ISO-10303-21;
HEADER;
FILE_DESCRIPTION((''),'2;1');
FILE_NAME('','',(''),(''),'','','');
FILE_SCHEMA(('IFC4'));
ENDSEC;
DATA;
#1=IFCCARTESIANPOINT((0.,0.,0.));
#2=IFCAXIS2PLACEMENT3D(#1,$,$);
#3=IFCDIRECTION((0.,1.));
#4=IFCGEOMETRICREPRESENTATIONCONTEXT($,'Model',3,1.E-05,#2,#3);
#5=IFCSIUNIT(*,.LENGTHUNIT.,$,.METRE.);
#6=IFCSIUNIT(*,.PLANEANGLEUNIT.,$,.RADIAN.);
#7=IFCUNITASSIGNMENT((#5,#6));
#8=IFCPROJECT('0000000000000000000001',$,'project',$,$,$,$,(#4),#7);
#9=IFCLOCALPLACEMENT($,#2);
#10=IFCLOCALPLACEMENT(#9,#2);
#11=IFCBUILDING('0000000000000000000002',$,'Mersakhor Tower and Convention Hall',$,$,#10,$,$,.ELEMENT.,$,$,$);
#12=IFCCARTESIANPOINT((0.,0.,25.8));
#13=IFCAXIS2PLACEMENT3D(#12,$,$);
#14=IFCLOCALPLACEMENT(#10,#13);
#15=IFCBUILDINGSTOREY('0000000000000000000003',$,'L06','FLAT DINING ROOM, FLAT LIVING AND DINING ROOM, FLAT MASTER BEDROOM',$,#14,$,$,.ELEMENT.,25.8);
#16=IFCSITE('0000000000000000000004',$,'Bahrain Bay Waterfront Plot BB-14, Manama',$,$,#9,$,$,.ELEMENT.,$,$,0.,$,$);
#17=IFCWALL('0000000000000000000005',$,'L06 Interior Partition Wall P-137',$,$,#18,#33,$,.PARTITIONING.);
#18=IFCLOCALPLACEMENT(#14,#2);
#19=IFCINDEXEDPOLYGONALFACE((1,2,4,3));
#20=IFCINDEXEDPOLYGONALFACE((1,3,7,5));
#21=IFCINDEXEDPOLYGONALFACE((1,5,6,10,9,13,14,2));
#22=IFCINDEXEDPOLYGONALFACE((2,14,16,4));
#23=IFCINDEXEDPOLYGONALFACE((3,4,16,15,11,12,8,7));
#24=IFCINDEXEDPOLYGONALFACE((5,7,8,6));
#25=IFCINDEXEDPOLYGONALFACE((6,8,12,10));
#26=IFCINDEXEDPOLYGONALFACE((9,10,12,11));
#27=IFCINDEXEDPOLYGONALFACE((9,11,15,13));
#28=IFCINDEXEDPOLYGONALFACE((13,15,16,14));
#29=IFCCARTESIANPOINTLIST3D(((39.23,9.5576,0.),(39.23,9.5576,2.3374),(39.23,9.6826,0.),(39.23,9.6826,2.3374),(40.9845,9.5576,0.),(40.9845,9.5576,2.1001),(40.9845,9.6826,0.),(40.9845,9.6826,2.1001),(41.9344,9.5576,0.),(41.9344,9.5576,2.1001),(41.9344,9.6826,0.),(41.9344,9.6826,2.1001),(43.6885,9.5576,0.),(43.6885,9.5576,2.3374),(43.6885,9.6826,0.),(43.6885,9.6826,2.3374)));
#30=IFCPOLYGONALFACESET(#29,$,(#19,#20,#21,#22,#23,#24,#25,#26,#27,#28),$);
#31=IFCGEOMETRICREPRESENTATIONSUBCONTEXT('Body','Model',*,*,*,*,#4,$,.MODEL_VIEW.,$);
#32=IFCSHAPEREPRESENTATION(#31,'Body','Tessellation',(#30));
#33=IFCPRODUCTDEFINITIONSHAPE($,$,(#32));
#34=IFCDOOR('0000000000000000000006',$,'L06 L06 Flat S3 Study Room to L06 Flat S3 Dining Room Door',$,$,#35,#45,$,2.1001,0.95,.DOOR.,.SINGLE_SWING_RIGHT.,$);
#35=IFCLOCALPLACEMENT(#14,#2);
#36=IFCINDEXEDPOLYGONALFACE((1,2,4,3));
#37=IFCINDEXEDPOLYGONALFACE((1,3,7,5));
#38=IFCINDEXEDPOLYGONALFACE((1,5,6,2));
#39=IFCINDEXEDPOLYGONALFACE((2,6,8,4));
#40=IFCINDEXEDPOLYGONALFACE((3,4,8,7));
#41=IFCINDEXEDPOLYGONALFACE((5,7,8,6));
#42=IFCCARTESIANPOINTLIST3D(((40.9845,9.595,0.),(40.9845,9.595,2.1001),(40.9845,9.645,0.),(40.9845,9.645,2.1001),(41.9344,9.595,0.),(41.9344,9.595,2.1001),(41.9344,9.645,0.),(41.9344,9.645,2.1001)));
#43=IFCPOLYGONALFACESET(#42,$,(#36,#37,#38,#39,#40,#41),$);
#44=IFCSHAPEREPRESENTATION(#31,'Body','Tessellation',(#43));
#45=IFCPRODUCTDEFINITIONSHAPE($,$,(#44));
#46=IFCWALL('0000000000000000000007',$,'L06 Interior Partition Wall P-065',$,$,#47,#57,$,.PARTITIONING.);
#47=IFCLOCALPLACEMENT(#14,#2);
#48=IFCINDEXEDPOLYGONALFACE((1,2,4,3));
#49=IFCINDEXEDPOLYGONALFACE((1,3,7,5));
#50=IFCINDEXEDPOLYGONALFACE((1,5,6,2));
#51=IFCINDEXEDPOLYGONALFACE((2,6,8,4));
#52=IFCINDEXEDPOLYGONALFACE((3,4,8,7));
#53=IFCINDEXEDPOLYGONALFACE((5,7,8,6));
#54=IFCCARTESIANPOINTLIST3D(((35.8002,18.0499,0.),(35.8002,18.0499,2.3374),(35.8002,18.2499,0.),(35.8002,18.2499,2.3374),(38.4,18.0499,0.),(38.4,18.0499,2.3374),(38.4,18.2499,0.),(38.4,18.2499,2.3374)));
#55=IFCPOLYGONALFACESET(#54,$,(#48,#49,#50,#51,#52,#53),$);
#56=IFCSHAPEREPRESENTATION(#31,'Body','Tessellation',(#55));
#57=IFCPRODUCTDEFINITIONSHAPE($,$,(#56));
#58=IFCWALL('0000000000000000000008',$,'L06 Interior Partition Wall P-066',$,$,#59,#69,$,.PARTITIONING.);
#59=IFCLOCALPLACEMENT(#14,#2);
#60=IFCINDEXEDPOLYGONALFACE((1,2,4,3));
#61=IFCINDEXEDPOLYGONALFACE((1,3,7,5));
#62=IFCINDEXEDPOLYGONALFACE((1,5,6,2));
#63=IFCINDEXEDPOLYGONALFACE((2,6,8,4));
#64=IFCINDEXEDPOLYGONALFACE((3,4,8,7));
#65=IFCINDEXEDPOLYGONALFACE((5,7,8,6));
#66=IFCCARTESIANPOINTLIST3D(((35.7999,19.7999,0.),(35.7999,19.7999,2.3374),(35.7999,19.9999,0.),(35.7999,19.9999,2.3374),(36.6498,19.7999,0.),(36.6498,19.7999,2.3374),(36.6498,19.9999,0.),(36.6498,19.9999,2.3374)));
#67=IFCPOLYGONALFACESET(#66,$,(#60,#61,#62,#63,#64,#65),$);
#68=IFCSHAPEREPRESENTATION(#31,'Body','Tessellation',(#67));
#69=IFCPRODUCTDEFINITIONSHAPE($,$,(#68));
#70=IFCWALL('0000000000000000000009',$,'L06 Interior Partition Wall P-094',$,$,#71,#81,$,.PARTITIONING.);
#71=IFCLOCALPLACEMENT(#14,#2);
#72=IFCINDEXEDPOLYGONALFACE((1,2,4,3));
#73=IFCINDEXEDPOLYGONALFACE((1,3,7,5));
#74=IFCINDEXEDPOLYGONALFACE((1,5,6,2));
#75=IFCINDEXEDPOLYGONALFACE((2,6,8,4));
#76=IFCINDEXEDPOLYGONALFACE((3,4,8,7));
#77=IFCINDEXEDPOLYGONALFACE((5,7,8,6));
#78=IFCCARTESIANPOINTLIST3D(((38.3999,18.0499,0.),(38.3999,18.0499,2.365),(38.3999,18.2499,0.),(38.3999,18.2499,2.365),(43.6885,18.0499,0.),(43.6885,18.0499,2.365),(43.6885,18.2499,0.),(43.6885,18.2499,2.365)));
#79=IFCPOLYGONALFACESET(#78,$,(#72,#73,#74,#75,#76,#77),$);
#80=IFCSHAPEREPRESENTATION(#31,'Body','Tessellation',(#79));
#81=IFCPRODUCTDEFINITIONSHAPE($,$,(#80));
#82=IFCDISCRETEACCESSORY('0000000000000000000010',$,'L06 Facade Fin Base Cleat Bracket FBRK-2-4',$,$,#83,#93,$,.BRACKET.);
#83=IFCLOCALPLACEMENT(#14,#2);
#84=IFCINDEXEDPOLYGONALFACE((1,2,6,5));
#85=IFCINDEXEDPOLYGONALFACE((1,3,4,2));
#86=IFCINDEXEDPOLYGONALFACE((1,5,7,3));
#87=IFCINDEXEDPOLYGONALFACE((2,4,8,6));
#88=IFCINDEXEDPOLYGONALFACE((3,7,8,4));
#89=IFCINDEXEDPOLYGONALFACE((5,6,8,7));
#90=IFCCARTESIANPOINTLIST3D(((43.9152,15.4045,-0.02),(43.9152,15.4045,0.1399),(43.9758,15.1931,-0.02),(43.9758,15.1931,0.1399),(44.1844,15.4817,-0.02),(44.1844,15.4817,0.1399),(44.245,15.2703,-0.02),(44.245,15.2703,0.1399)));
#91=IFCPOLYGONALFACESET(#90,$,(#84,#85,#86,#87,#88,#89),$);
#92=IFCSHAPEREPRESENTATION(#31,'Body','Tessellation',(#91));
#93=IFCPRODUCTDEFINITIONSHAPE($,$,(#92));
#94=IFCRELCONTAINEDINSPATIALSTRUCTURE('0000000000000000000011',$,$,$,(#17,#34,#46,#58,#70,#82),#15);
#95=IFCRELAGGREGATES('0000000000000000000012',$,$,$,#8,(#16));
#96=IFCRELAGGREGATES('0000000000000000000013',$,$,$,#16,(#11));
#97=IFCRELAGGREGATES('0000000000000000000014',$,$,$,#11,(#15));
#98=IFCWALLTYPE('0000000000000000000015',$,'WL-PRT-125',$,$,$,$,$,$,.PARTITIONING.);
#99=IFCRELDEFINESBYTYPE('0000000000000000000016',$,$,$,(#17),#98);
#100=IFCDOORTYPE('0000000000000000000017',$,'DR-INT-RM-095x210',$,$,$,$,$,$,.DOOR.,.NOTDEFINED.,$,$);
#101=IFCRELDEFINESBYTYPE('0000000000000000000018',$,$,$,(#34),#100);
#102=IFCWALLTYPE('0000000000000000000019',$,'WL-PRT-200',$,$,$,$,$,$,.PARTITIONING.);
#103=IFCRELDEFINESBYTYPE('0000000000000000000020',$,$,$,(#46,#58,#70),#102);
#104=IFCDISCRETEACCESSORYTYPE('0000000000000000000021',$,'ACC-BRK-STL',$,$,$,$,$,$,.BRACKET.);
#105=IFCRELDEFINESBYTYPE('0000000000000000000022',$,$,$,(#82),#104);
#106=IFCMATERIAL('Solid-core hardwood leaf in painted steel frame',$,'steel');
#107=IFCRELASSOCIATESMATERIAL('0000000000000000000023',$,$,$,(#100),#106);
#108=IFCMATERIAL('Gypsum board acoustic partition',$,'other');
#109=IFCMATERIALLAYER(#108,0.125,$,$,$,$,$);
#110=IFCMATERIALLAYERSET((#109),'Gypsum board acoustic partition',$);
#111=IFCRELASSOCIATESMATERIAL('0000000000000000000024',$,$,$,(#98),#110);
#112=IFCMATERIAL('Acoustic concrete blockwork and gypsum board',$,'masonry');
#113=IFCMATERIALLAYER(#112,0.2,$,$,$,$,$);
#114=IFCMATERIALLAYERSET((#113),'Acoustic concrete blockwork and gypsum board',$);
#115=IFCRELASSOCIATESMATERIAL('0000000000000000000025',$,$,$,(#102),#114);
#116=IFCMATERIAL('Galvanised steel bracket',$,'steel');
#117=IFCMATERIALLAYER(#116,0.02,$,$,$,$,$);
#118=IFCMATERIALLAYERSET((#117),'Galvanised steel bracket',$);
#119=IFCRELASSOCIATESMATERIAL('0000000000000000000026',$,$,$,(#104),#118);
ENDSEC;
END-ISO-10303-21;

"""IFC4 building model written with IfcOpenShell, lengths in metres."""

from ifc_helpers import new_model, si_unit, direction, frame, frame_2d, origin, origin_2d, place, context, subcontext, project, spatial, rectangle, extrude, material, layer, layer_set, type_object, element, fill, save


model = new_model("IFC4")

# Units and contexts
model_context = context("Model", 3, precision=1e-05, world=origin(), true_north=direction((0.0, 1.0)))
body_context = subcontext(model_context, "Body", "Model", "MODEL_VIEW")
ifc_project = project(units=[si_unit("LENGTHUNIT", "METRE"), si_unit("PLANEANGLEUNIT", "RADIAN")], contexts=[model_context])

# Site, building, storey
site_placement = place(None, origin())
site = spatial("IfcSite", under=ifc_project, at=site_placement, Name="Bahrain Bay Waterfront Plot BB-14, Manama", CompositionType="ELEMENT", RefElevation=0.0)
building_placement = place(site_placement, origin())
building = spatial("IfcBuilding", under=site, at=building_placement, Name="Mersakhor Tower and Convention Hall", CompositionType="ELEMENT")
storey_placement = place(building_placement, frame((0.0, 0.0, 25.8)))
storey = spatial("IfcBuildingStorey", under=building, at=storey_placement, Name="L06", Description="FLAT DINING ROOM, FLAT LIVING AND DINING ROOM, FLAT MASTER BEDROOM", CompositionType="ELEMENT", Elevation=25.8)

# Wall, opening, door
ifc_material_1 = material(Name="Solid-core hardwood leaf in painted steel frame", Category="steel")
door_type_1 = type_object("IfcDoorType", Name="DR-INT-RM-095x210", OperationType="NOTDEFINED", PredefinedType="DOOR", material=ifc_material_1)
ifc_material_2 = material(Name="Gypsum board acoustic partition", Category="other")
ifc_layer_1 = layer(ifc_material_2, 0.125)
ifc_layer_set_1 = layer_set([ifc_layer_1], Name="Gypsum board acoustic partition")
wall_type_1 = type_object("IfcWallType", Name="WL-PRT-125", PredefinedType="PARTITIONING", material=ifc_layer_set_1)
wall_1_placement = place(storey_placement, frame((39.23, 9.6201, 0.0), z_axis=(0.0, 0.0, 1.0), x_axis=(1.0, 0.0, 0.0)))
wall_1 = element("IfcWall", 1, at=wall_1_placement, inside=storey, type_object=wall_type_1, Name="L06 Interior Partition Wall P-137", PredefinedType="PARTITIONING", context=body_context, shape_type="SweptSolid", body=[
    extrude(rectangle(XDim=4.4585, YDim=0.125, at=frame_2d((2.2292, 0.0))), origin(), (0.0, 0.0, 1.0), 2.3374),
])
opening_1_placement = place(wall_1_placement, frame((1.7544, 0.0, 0.0)))
opening_1 = element("IfcOpeningElement", 2, at=opening_1_placement, cuts=wall_1, PredefinedType="OPENING", context=body_context, shape_type="SweptSolid", body=[
    extrude(rectangle(XDim=0.95, YDim=2.1001, at=frame_2d((0.4751, 1.05))), frame((0.0, 0.0725, 0.0), z_axis=(0.0, -1.0, 0.0), x_axis=(1.0, 0.0, 0.0)), (0.0, 0.0, 1.0), 0.145),
])
door_1_placement = place(opening_1_placement, origin())
door_1 = element("IfcDoor", 3, at=door_1_placement, inside=storey, type_object=door_type_1, Name="L06 L06 Flat S3 Study Room to L06 Flat S3 Dining Room Door", OperationType="SINGLE_SWING_RIGHT", OverallHeight=2.1001, OverallWidth=0.95, PredefinedType="DOOR", context=body_context, shape_type="SweptSolid", body=[
    extrude(rectangle(XDim=0.95, YDim=2.1001, at=frame_2d((0.4751, 1.05))), frame((0.0, 0.0249, 0.0), z_axis=(0.0, -1.0, 0.0), x_axis=(1.0, 0.0, 0.0)), (0.0, 0.0, 1.0), 0.05),
])
fill(opening_1, door_1)
ifc_material_3 = material(Name="Acoustic concrete blockwork and gypsum board", Category="masonry")
ifc_layer_2 = layer(ifc_material_3, 0.2)
ifc_layer_set_2 = layer_set([ifc_layer_2], Name="Acoustic concrete blockwork and gypsum board")
wall_type_2 = type_object("IfcWallType", Name="WL-PRT-200", PredefinedType="PARTITIONING", material=ifc_layer_set_2)

# Walls
wall_2_placement = place(storey_placement, frame((38.3999, 18.1499, 0.0), z_axis=(0.0, 0.0, 1.0), x_axis=(-1.0, 0.0, 0.0)))
element("IfcWall", 4, at=wall_2_placement, inside=storey, type_object=wall_type_2, Name="L06 Interior Partition Wall P-065", PredefinedType="PARTITIONING", context=body_context, shape_type="SweptSolid", body=[
    extrude(rectangle(XDim=2.5999, YDim=0.2, at=frame_2d((1.2998, 0.0))), origin(), (0.0, 0.0, 1.0), 2.3374),
])
wall_3_placement = place(storey_placement, frame((35.8, 19.8999, 0.0), z_axis=(0.0, 0.0, 1.0), x_axis=(1.0, 0.0, 0.0)))
element("IfcWall", 5, at=wall_3_placement, inside=storey, type_object=wall_type_2, Name="L06 Interior Partition Wall P-066", PredefinedType="PARTITIONING", context=body_context, shape_type="SweptSolid", body=[
    extrude(rectangle(XDim=0.8499, YDim=0.2, at=frame_2d((0.4248, 0.0))), origin(), (0.0, 0.0, 1.0), 2.3374),
])
wall_4_placement = place(storey_placement, frame((38.3999, 18.1499, 0.0), z_axis=(0.0, 0.0, 1.0), x_axis=(1.0, 0.0, 0.0)))
element("IfcWall", 6, at=wall_4_placement, inside=storey, type_object=wall_type_2, Name="L06 Interior Partition Wall P-094", PredefinedType="PARTITIONING", context=body_context, shape_type="SweptSolid", body=[
    extrude(rectangle(XDim=5.2886, YDim=0.2, at=frame_2d((2.6443, 0.0))), origin(), (0.0, 0.0, 1.0), 2.365),
])

# Discrete accessory
ifc_material_4 = material(Name="Galvanised steel bracket", Category="steel")
ifc_layer_3 = layer(ifc_material_4, 0.02)
ifc_layer_set_3 = layer_set([ifc_layer_3], Name="Galvanised steel bracket")
discrete_accessory_type = type_object("IfcDiscreteAccessoryType", Name="ACC-BRK-STL", PredefinedType="BRACKET", material=ifc_layer_set_3)
discrete_accessory_placement = place(storey_placement, frame((44.0801, 15.3374, -0.02), z_axis=(0.0, 0.0, 1.0), x_axis=(0.961262, 0.275637, 0.0)))
element("IfcDiscreteAccessory", 7, at=discrete_accessory_placement, inside=storey, type_object=discrete_accessory_type, Name="L06 Facade Fin Base Cleat Bracket FBRK-2-4", PredefinedType="BRACKET", context=body_context, shape_type="SweptSolid", body=[
    extrude(rectangle(XDim=0.28, YDim=0.22, at=origin_2d()), origin(), (0.0, 0.0, 1.0), 0.1599),
])

save(model, "model.ifc")
